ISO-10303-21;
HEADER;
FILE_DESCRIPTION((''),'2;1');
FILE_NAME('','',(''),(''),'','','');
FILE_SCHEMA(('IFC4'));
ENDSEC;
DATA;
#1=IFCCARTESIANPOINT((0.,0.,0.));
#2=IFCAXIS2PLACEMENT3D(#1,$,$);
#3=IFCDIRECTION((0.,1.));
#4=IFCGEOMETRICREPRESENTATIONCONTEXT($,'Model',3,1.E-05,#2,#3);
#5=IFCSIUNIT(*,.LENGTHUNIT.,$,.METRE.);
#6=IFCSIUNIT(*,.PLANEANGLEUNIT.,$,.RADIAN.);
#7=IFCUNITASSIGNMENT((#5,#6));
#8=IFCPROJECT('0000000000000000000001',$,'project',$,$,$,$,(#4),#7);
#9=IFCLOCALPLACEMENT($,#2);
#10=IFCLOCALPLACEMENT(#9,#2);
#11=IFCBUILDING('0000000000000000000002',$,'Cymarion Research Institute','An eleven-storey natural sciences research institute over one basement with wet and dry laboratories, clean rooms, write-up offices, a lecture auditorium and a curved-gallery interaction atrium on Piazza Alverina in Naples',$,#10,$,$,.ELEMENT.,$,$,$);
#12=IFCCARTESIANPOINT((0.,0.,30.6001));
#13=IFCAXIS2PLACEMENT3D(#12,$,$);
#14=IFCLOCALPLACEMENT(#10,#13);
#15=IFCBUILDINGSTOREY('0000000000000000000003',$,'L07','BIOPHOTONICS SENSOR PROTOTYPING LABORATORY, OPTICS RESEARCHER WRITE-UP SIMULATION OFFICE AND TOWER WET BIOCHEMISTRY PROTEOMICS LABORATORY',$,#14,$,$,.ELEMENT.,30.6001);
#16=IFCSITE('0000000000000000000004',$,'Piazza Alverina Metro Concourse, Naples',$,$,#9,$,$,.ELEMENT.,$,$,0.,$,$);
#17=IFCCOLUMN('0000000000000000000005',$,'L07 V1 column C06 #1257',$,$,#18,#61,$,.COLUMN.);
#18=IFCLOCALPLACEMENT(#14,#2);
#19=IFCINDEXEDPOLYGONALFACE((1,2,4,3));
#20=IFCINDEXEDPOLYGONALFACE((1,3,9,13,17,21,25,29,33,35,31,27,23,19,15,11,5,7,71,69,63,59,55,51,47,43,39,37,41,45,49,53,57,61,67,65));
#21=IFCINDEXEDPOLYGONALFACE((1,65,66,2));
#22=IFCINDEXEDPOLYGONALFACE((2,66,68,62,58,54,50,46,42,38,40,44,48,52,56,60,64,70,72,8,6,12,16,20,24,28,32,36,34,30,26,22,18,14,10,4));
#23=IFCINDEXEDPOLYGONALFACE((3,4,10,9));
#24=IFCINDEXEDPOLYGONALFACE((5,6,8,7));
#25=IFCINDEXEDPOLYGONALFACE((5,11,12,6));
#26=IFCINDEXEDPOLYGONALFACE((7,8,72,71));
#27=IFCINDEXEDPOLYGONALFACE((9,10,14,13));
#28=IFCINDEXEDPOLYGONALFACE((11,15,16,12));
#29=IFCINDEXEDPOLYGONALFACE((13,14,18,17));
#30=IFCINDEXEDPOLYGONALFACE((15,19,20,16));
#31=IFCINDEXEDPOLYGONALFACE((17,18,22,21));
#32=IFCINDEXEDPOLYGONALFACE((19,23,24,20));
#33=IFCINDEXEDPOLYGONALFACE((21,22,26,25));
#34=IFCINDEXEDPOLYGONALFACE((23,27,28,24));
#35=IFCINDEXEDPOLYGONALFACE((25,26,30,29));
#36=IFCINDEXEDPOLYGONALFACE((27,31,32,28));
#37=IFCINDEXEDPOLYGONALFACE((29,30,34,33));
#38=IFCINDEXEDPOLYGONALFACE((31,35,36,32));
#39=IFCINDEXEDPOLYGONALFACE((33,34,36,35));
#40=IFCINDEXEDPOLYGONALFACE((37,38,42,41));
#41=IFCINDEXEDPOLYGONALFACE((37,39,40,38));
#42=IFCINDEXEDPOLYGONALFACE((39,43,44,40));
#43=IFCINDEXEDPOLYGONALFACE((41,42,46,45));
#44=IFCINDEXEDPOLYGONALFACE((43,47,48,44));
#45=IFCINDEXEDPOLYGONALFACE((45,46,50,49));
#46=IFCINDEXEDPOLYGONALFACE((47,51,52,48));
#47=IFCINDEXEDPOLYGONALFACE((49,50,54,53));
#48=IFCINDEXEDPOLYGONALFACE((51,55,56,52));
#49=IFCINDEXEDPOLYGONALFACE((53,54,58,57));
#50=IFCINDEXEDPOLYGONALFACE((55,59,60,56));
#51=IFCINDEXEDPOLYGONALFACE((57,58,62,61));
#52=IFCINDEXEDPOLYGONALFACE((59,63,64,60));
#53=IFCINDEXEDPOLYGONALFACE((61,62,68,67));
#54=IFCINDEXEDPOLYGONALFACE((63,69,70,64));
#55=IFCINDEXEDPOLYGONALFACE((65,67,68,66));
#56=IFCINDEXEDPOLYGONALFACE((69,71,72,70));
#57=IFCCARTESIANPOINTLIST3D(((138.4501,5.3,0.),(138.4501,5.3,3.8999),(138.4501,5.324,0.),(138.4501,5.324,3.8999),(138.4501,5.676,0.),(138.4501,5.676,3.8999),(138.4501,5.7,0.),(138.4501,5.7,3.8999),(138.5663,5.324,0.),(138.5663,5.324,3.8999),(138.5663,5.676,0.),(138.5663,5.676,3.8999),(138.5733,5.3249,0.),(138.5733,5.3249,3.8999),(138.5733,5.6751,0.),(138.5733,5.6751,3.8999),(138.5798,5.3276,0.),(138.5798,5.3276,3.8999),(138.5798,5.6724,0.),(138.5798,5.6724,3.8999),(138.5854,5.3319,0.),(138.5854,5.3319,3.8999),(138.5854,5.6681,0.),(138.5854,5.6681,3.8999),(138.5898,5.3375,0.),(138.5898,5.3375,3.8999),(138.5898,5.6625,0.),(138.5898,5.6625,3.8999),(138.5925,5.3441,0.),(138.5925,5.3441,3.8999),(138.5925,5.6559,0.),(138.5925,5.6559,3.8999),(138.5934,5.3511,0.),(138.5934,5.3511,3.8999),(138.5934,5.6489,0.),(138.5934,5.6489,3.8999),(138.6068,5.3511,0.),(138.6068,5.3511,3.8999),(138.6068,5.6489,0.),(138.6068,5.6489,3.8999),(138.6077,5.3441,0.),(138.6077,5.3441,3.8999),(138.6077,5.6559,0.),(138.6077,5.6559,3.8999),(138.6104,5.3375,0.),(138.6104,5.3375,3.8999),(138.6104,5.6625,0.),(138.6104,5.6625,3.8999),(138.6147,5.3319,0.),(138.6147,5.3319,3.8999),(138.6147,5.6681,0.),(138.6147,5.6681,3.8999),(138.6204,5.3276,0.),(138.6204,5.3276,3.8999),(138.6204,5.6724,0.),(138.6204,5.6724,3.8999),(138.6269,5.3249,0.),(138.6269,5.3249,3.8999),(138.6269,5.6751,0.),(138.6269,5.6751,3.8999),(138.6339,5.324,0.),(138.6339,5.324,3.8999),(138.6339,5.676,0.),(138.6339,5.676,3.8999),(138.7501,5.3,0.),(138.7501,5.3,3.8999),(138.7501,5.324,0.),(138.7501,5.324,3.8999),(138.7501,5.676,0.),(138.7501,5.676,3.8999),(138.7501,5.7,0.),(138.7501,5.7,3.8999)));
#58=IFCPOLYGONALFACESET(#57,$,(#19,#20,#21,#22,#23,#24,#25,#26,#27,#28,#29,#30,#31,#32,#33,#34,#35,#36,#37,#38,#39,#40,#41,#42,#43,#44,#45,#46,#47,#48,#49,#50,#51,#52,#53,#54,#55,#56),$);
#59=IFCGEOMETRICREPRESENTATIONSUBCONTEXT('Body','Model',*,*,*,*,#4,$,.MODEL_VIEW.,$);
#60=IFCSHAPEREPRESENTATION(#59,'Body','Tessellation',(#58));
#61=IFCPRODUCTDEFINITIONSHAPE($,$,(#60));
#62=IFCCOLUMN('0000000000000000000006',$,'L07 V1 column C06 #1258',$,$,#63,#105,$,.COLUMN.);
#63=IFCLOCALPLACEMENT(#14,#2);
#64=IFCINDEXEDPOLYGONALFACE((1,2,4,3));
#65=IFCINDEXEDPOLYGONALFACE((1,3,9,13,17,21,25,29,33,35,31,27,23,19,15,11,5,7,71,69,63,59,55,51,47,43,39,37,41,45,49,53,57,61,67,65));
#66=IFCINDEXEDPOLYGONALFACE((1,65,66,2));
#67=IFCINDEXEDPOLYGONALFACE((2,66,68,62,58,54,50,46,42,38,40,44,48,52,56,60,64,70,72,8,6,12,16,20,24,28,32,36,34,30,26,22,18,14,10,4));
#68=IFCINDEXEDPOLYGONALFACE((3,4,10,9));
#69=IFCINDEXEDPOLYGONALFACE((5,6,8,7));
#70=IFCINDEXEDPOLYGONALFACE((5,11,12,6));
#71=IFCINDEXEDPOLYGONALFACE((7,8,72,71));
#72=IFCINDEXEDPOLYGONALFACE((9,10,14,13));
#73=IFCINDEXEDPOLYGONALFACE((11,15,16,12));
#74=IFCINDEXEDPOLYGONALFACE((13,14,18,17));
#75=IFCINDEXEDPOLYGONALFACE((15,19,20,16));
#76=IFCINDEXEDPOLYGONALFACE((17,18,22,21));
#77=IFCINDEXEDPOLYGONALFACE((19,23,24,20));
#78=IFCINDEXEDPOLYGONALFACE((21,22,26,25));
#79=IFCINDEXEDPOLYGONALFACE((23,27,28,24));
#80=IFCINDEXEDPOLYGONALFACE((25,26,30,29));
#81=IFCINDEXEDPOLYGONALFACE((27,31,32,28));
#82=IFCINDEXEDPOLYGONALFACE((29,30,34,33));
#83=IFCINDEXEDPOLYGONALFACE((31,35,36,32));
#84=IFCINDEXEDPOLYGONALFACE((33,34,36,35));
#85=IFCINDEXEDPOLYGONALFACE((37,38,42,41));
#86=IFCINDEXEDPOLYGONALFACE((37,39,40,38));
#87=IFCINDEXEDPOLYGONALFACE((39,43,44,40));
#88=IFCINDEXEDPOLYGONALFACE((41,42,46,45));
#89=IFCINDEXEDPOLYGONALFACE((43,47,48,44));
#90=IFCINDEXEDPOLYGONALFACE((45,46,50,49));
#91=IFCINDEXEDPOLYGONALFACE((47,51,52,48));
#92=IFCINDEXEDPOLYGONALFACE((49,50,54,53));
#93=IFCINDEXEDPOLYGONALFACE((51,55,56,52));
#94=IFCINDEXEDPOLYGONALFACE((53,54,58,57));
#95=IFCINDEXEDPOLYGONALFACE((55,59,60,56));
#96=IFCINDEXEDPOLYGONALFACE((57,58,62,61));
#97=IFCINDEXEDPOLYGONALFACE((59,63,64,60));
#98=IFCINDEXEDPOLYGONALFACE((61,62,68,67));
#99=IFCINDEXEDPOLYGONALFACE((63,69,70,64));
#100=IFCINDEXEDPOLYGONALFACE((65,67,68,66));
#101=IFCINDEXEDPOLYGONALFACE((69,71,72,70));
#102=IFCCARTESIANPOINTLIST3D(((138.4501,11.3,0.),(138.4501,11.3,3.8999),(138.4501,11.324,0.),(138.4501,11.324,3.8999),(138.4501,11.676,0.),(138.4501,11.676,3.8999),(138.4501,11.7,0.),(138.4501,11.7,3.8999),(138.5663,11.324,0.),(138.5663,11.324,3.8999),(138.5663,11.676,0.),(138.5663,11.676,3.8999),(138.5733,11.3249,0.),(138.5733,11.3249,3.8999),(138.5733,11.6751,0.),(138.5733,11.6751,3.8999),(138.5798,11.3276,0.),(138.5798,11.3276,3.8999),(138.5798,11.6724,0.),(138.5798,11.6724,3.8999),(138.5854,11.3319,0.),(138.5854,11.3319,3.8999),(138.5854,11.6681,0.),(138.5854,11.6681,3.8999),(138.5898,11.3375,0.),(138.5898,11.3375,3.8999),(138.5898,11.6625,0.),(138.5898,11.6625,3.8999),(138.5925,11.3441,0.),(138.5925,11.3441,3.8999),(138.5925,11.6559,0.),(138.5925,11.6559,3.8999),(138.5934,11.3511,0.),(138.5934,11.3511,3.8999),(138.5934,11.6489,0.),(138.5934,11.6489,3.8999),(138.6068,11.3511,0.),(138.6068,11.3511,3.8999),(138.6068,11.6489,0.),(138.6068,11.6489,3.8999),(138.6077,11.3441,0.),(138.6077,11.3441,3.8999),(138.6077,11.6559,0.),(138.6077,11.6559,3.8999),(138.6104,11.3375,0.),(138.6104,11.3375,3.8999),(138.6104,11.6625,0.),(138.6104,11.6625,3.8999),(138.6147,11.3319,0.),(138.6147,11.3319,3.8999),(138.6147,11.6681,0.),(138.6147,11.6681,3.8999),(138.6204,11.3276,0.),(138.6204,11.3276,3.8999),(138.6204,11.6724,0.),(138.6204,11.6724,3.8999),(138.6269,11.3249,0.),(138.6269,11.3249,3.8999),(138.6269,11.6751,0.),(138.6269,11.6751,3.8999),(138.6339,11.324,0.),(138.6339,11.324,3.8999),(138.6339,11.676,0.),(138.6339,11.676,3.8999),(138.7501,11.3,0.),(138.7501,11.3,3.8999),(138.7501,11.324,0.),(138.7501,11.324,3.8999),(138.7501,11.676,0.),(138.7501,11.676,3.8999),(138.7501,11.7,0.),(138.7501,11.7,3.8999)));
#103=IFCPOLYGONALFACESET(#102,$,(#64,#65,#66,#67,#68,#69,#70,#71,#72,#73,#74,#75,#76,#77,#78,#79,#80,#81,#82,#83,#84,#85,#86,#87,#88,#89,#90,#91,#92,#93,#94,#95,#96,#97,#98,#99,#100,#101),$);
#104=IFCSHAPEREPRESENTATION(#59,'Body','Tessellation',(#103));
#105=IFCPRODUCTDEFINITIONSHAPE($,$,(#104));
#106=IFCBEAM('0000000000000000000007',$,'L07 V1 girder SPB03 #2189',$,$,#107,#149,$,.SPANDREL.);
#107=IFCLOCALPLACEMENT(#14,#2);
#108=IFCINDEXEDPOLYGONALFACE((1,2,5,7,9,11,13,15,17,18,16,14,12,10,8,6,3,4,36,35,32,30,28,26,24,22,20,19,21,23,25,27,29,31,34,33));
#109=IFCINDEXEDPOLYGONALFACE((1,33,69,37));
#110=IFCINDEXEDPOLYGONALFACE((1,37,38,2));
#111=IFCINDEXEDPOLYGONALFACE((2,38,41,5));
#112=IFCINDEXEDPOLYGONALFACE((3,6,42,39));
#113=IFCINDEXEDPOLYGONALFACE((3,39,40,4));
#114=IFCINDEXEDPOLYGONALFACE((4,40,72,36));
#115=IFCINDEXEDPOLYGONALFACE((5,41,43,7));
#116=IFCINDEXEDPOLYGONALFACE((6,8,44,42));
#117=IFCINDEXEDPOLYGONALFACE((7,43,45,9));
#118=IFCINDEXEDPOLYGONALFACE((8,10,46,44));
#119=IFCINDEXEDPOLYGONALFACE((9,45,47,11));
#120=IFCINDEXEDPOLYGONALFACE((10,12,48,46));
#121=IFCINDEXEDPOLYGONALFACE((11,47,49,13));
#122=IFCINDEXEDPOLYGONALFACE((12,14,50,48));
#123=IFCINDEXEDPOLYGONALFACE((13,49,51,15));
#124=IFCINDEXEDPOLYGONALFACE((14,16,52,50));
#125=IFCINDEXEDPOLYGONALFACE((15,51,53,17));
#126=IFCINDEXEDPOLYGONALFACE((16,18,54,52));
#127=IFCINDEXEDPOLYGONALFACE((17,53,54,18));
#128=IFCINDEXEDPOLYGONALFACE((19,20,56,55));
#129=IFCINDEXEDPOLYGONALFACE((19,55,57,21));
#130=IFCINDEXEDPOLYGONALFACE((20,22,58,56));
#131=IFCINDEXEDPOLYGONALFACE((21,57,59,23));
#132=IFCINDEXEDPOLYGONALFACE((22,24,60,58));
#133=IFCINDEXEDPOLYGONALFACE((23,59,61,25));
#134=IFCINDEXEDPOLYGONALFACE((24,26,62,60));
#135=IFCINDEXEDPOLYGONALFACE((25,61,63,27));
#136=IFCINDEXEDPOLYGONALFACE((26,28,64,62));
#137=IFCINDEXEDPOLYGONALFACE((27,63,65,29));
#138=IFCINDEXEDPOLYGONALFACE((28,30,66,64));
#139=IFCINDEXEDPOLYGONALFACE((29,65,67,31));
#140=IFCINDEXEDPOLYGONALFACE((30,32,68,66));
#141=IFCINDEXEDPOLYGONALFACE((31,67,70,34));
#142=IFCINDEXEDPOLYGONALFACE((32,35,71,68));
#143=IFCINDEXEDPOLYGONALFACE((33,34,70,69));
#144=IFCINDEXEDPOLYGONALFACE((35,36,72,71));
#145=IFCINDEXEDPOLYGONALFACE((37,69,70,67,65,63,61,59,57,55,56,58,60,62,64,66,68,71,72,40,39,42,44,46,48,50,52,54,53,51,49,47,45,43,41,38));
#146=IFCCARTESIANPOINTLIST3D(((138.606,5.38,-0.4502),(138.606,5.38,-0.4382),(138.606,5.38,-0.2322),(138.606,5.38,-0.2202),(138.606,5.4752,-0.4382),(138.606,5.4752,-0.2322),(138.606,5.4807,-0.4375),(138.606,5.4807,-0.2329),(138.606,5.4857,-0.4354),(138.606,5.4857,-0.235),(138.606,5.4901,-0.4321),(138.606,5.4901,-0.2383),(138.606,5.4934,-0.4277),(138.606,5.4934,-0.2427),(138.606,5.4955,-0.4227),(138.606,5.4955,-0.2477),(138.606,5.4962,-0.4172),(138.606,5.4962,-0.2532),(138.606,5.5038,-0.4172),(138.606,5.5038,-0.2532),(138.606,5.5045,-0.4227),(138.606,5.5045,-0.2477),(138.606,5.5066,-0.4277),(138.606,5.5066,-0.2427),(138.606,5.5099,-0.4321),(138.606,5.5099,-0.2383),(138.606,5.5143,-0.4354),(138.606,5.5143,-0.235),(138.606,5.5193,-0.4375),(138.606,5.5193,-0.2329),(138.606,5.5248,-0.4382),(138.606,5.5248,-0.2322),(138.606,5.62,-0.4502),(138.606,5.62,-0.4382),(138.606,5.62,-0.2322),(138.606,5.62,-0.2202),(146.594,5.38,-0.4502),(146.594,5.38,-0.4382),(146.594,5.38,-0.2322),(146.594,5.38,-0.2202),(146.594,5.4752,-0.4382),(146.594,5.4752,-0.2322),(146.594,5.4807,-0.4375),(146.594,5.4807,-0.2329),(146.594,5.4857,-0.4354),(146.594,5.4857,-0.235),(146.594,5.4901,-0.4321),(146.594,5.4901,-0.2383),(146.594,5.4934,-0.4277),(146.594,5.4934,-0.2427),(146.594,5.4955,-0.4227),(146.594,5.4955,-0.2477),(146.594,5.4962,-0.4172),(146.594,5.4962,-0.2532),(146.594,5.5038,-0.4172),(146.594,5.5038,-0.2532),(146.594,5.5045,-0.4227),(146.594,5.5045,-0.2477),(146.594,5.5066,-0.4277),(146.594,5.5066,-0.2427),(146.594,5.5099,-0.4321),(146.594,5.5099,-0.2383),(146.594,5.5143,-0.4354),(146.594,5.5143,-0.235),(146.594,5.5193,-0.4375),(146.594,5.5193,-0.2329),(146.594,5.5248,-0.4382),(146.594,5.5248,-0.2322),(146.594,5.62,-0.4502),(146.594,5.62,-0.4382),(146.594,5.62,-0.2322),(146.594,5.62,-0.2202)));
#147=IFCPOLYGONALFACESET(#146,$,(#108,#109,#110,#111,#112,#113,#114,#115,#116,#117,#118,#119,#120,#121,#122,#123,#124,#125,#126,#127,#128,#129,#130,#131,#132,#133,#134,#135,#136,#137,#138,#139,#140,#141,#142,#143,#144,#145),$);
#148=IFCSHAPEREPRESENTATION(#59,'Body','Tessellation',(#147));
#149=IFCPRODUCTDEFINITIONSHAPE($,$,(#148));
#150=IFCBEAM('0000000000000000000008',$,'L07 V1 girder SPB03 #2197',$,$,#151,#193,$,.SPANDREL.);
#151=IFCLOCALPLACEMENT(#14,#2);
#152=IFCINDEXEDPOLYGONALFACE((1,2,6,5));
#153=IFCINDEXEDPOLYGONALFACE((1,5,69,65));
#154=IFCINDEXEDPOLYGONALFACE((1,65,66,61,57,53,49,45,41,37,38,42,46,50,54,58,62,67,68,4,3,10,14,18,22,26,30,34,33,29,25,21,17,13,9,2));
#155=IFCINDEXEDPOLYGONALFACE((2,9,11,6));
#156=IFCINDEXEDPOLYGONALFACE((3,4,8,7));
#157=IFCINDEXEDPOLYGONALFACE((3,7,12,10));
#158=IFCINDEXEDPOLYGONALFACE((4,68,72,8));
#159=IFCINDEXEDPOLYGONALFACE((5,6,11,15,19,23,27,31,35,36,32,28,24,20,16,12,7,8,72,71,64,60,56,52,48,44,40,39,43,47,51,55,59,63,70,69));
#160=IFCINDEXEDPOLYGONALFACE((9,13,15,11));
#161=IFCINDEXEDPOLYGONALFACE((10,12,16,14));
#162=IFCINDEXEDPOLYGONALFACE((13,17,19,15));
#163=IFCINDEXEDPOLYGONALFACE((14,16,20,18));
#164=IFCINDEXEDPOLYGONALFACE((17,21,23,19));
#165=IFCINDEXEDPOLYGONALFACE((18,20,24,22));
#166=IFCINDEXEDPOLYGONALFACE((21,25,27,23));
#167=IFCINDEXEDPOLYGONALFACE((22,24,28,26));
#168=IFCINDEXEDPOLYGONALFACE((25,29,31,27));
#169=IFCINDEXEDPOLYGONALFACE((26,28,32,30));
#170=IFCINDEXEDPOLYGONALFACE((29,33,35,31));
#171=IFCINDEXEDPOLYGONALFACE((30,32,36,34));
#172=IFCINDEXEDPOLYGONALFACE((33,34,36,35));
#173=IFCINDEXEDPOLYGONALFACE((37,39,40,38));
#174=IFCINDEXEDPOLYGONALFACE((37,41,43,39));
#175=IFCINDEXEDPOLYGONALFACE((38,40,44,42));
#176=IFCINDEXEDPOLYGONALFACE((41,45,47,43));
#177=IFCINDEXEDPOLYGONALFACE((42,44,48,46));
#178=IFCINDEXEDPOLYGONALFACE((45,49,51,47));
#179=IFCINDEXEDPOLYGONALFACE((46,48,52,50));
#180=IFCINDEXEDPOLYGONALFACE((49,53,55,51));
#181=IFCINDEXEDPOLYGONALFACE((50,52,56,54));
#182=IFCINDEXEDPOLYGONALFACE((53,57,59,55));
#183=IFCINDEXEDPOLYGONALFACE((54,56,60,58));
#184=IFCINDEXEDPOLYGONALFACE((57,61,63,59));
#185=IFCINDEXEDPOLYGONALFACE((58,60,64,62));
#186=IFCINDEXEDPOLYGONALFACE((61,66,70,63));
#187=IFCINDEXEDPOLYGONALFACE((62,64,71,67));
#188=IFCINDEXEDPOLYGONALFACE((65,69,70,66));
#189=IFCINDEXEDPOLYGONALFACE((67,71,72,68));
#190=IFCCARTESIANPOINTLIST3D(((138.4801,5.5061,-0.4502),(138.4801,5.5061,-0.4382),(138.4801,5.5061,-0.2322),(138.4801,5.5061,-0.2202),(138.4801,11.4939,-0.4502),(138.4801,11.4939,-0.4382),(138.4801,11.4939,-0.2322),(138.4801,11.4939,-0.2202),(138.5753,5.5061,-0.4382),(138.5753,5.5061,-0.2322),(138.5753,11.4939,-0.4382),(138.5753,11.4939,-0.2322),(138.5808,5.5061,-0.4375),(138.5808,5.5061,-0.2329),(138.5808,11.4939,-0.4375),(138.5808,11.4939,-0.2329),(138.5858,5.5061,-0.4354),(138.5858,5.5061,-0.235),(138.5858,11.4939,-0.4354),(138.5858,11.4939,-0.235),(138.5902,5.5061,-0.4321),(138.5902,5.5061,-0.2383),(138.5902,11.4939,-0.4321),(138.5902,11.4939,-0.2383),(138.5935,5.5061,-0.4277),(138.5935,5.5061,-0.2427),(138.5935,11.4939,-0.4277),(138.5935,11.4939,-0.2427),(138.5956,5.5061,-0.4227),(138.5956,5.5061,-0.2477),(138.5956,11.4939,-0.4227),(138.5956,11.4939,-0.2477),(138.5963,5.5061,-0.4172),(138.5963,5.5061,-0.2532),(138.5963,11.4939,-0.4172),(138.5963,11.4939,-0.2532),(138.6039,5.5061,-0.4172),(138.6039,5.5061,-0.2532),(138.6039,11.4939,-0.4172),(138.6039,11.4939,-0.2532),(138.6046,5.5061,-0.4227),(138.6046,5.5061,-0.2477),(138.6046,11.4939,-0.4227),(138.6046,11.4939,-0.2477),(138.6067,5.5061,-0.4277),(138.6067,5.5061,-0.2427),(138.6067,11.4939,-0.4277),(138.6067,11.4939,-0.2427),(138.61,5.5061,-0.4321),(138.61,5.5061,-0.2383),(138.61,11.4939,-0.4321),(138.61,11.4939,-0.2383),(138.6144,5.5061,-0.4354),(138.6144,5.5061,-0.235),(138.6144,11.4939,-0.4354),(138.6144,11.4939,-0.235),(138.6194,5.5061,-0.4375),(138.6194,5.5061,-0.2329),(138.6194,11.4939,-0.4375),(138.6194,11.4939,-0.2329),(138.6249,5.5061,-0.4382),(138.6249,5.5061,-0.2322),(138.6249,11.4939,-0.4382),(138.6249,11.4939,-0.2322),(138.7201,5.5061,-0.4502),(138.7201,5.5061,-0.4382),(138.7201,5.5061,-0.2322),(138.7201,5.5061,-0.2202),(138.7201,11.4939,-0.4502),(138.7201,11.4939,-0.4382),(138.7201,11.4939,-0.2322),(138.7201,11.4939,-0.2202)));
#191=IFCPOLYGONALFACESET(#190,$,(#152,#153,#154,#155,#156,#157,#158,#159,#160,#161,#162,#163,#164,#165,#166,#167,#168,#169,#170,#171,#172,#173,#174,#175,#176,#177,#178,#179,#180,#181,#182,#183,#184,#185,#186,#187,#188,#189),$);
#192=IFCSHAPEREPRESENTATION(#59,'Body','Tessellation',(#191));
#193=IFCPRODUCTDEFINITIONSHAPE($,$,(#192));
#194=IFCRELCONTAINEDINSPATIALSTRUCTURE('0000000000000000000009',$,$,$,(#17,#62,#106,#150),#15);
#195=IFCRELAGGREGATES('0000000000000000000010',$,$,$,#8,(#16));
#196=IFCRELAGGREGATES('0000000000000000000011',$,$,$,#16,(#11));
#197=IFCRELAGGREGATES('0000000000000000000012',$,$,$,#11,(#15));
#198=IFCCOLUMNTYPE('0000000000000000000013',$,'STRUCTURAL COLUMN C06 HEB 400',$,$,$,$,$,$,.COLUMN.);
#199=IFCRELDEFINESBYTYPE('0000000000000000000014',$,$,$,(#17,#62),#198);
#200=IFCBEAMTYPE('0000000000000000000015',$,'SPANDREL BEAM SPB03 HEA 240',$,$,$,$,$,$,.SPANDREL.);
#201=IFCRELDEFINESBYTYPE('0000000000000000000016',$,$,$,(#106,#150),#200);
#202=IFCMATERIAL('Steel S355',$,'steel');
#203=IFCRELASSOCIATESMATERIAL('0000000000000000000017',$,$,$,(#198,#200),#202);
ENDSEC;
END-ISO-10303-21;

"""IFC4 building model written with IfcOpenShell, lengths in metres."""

from ifc_helpers import new_model, si_unit, direction, frame, origin, origin_2d, place, context, subcontext, project, spatial, i_section, extrude, material, material_profile, profile_set, type_object, element, save


model = new_model("IFC4")

# Units and contexts
model_context = context("Model", 3, precision=1e-05, world=origin(), true_north=direction((0.0, 1.0)))
body_context = subcontext(model_context, "Body", "Model", "MODEL_VIEW")
ifc_project = project(units=[si_unit("LENGTHUNIT", "METRE"), si_unit("PLANEANGLEUNIT", "RADIAN")], contexts=[model_context])

# Site, building, storey
site_placement = place(None, origin())
site = spatial("IfcSite", under=ifc_project, at=site_placement, Name="Piazza Alverina Metro Concourse, Naples", CompositionType="ELEMENT", RefElevation=0.0)
building_placement = place(site_placement, origin())
building = spatial("IfcBuilding", under=site, at=building_placement, Name="Cymarion Research Institute", Description="An eleven-storey natural sciences research institute over one basement with wet and dry laboratories, clean rooms, write-up offices, a lecture auditorium and a curved-gallery interaction atrium on Piazza Alverina in Naples", CompositionType="ELEMENT")
storey_placement = place(building_placement, frame((0.0, 0.0, 30.6001)))
storey = spatial("IfcBuildingStorey", under=building, at=storey_placement, Name="L07", Description="BIOPHOTONICS SENSOR PROTOTYPING LABORATORY, OPTICS RESEARCHER WRITE-UP SIMULATION OFFICE AND TOWER WET BIOCHEMISTRY PROTEOMICS LABORATORY", CompositionType="ELEMENT", Elevation=30.6001)

# Columns
ifc_material_1 = material(Name="Steel S355", Category="steel")
ifc_material_profile_1 = material_profile(ifc_material_1, i_section(OverallWidth=0.3, OverallDepth=0.3999, WebThickness=0.0134, FlangeThickness=0.0239, FilletRadius=0.0271, at=origin_2d()), Name="HEB 400")
ifc_profile_set_1 = profile_set([ifc_material_profile_1], Name="Steel S355")
column_type = type_object("IfcColumnType", Name="STRUCTURAL COLUMN C06 HEB 400", PredefinedType="COLUMN", material=ifc_profile_set_1)
for number, where, z_axis, x_axis, name in (
    (1, (138.6001, 5.5, 0.0), (0.0, 0.0, 1.0), (1.0, 0.0, 0.0), "L07 V1 column C06 #1257"),
    (2, (138.6001, 11.5, 0.0), (0.0, 0.0, 1.0), (1.0, 0.0, 0.0), "L07 V1 column C06 #1258"),
):
    element("IfcColumn", number, at=place(storey_placement, frame(where, z_axis=z_axis, x_axis=x_axis)), inside=storey, type_object=column_type, Name=name, PredefinedType="COLUMN", context=body_context, shape_type="SweptSolid", body=[
        extrude(i_section(OverallWidth=0.3, OverallDepth=0.3999, WebThickness=0.0134, FlangeThickness=0.0239, FilletRadius=0.0271, at=origin_2d()), origin(), (0.0, 0.0, 1.0), 3.8999),
    ])

# Beams
ifc_material_profile_2 = material_profile(ifc_material_1, i_section(OverallWidth=0.24, OverallDepth=0.23, WebThickness=0.0076, FlangeThickness=0.012, FilletRadius=0.021, at=origin_2d()), Name="HEA 240")
ifc_profile_set_2 = profile_set([ifc_material_profile_2], Name="Steel S355")
beam_type = type_object("IfcBeamType", Name="SPANDREL BEAM SPB03 HEA 240", PredefinedType="SPANDREL", material=ifc_profile_set_2)
beam_placement = place(storey_placement, frame((138.606, 5.5, -0.3352), z_axis=(1.0, 0.0, 0.0), x_axis=(0.0, 1.0, 0.0)))
element("IfcBeam", 3, at=beam_placement, inside=storey, type_object=beam_type, Name="L07 V1 girder SPB03 #2189", PredefinedType="SPANDREL", context=body_context, shape_type="SweptSolid", body=[
    extrude(i_section(OverallWidth=0.24, OverallDepth=0.23, WebThickness=0.0076, FlangeThickness=0.012, FilletRadius=0.021, at=origin_2d()), origin(), (0.0, 0.0, 1.0), 7.988),
])
for number, where, z_axis, x_axis, name in (
    (4, (138.6001, 5.5061, -0.3352), (0.0, 1.0, 0.0), (-1.0, 0.0, 0.0), "L07 V1 girder SPB03 #2197"),
):
    element("IfcBeam", number, at=place(storey_placement, frame(where, z_axis=z_axis, x_axis=x_axis)), inside=storey, type_object=beam_type, Name=name, PredefinedType="SPANDREL", context=body_context, shape_type="SweptSolid", body=[
        extrude(i_section(OverallWidth=0.24, OverallDepth=0.23, WebThickness=0.0076, FlangeThickness=0.012, FilletRadius=0.021, at=origin_2d()), origin(), (0.0, 0.0, 1.0), 5.9878),
    ])

save(model, "model.ifc")
